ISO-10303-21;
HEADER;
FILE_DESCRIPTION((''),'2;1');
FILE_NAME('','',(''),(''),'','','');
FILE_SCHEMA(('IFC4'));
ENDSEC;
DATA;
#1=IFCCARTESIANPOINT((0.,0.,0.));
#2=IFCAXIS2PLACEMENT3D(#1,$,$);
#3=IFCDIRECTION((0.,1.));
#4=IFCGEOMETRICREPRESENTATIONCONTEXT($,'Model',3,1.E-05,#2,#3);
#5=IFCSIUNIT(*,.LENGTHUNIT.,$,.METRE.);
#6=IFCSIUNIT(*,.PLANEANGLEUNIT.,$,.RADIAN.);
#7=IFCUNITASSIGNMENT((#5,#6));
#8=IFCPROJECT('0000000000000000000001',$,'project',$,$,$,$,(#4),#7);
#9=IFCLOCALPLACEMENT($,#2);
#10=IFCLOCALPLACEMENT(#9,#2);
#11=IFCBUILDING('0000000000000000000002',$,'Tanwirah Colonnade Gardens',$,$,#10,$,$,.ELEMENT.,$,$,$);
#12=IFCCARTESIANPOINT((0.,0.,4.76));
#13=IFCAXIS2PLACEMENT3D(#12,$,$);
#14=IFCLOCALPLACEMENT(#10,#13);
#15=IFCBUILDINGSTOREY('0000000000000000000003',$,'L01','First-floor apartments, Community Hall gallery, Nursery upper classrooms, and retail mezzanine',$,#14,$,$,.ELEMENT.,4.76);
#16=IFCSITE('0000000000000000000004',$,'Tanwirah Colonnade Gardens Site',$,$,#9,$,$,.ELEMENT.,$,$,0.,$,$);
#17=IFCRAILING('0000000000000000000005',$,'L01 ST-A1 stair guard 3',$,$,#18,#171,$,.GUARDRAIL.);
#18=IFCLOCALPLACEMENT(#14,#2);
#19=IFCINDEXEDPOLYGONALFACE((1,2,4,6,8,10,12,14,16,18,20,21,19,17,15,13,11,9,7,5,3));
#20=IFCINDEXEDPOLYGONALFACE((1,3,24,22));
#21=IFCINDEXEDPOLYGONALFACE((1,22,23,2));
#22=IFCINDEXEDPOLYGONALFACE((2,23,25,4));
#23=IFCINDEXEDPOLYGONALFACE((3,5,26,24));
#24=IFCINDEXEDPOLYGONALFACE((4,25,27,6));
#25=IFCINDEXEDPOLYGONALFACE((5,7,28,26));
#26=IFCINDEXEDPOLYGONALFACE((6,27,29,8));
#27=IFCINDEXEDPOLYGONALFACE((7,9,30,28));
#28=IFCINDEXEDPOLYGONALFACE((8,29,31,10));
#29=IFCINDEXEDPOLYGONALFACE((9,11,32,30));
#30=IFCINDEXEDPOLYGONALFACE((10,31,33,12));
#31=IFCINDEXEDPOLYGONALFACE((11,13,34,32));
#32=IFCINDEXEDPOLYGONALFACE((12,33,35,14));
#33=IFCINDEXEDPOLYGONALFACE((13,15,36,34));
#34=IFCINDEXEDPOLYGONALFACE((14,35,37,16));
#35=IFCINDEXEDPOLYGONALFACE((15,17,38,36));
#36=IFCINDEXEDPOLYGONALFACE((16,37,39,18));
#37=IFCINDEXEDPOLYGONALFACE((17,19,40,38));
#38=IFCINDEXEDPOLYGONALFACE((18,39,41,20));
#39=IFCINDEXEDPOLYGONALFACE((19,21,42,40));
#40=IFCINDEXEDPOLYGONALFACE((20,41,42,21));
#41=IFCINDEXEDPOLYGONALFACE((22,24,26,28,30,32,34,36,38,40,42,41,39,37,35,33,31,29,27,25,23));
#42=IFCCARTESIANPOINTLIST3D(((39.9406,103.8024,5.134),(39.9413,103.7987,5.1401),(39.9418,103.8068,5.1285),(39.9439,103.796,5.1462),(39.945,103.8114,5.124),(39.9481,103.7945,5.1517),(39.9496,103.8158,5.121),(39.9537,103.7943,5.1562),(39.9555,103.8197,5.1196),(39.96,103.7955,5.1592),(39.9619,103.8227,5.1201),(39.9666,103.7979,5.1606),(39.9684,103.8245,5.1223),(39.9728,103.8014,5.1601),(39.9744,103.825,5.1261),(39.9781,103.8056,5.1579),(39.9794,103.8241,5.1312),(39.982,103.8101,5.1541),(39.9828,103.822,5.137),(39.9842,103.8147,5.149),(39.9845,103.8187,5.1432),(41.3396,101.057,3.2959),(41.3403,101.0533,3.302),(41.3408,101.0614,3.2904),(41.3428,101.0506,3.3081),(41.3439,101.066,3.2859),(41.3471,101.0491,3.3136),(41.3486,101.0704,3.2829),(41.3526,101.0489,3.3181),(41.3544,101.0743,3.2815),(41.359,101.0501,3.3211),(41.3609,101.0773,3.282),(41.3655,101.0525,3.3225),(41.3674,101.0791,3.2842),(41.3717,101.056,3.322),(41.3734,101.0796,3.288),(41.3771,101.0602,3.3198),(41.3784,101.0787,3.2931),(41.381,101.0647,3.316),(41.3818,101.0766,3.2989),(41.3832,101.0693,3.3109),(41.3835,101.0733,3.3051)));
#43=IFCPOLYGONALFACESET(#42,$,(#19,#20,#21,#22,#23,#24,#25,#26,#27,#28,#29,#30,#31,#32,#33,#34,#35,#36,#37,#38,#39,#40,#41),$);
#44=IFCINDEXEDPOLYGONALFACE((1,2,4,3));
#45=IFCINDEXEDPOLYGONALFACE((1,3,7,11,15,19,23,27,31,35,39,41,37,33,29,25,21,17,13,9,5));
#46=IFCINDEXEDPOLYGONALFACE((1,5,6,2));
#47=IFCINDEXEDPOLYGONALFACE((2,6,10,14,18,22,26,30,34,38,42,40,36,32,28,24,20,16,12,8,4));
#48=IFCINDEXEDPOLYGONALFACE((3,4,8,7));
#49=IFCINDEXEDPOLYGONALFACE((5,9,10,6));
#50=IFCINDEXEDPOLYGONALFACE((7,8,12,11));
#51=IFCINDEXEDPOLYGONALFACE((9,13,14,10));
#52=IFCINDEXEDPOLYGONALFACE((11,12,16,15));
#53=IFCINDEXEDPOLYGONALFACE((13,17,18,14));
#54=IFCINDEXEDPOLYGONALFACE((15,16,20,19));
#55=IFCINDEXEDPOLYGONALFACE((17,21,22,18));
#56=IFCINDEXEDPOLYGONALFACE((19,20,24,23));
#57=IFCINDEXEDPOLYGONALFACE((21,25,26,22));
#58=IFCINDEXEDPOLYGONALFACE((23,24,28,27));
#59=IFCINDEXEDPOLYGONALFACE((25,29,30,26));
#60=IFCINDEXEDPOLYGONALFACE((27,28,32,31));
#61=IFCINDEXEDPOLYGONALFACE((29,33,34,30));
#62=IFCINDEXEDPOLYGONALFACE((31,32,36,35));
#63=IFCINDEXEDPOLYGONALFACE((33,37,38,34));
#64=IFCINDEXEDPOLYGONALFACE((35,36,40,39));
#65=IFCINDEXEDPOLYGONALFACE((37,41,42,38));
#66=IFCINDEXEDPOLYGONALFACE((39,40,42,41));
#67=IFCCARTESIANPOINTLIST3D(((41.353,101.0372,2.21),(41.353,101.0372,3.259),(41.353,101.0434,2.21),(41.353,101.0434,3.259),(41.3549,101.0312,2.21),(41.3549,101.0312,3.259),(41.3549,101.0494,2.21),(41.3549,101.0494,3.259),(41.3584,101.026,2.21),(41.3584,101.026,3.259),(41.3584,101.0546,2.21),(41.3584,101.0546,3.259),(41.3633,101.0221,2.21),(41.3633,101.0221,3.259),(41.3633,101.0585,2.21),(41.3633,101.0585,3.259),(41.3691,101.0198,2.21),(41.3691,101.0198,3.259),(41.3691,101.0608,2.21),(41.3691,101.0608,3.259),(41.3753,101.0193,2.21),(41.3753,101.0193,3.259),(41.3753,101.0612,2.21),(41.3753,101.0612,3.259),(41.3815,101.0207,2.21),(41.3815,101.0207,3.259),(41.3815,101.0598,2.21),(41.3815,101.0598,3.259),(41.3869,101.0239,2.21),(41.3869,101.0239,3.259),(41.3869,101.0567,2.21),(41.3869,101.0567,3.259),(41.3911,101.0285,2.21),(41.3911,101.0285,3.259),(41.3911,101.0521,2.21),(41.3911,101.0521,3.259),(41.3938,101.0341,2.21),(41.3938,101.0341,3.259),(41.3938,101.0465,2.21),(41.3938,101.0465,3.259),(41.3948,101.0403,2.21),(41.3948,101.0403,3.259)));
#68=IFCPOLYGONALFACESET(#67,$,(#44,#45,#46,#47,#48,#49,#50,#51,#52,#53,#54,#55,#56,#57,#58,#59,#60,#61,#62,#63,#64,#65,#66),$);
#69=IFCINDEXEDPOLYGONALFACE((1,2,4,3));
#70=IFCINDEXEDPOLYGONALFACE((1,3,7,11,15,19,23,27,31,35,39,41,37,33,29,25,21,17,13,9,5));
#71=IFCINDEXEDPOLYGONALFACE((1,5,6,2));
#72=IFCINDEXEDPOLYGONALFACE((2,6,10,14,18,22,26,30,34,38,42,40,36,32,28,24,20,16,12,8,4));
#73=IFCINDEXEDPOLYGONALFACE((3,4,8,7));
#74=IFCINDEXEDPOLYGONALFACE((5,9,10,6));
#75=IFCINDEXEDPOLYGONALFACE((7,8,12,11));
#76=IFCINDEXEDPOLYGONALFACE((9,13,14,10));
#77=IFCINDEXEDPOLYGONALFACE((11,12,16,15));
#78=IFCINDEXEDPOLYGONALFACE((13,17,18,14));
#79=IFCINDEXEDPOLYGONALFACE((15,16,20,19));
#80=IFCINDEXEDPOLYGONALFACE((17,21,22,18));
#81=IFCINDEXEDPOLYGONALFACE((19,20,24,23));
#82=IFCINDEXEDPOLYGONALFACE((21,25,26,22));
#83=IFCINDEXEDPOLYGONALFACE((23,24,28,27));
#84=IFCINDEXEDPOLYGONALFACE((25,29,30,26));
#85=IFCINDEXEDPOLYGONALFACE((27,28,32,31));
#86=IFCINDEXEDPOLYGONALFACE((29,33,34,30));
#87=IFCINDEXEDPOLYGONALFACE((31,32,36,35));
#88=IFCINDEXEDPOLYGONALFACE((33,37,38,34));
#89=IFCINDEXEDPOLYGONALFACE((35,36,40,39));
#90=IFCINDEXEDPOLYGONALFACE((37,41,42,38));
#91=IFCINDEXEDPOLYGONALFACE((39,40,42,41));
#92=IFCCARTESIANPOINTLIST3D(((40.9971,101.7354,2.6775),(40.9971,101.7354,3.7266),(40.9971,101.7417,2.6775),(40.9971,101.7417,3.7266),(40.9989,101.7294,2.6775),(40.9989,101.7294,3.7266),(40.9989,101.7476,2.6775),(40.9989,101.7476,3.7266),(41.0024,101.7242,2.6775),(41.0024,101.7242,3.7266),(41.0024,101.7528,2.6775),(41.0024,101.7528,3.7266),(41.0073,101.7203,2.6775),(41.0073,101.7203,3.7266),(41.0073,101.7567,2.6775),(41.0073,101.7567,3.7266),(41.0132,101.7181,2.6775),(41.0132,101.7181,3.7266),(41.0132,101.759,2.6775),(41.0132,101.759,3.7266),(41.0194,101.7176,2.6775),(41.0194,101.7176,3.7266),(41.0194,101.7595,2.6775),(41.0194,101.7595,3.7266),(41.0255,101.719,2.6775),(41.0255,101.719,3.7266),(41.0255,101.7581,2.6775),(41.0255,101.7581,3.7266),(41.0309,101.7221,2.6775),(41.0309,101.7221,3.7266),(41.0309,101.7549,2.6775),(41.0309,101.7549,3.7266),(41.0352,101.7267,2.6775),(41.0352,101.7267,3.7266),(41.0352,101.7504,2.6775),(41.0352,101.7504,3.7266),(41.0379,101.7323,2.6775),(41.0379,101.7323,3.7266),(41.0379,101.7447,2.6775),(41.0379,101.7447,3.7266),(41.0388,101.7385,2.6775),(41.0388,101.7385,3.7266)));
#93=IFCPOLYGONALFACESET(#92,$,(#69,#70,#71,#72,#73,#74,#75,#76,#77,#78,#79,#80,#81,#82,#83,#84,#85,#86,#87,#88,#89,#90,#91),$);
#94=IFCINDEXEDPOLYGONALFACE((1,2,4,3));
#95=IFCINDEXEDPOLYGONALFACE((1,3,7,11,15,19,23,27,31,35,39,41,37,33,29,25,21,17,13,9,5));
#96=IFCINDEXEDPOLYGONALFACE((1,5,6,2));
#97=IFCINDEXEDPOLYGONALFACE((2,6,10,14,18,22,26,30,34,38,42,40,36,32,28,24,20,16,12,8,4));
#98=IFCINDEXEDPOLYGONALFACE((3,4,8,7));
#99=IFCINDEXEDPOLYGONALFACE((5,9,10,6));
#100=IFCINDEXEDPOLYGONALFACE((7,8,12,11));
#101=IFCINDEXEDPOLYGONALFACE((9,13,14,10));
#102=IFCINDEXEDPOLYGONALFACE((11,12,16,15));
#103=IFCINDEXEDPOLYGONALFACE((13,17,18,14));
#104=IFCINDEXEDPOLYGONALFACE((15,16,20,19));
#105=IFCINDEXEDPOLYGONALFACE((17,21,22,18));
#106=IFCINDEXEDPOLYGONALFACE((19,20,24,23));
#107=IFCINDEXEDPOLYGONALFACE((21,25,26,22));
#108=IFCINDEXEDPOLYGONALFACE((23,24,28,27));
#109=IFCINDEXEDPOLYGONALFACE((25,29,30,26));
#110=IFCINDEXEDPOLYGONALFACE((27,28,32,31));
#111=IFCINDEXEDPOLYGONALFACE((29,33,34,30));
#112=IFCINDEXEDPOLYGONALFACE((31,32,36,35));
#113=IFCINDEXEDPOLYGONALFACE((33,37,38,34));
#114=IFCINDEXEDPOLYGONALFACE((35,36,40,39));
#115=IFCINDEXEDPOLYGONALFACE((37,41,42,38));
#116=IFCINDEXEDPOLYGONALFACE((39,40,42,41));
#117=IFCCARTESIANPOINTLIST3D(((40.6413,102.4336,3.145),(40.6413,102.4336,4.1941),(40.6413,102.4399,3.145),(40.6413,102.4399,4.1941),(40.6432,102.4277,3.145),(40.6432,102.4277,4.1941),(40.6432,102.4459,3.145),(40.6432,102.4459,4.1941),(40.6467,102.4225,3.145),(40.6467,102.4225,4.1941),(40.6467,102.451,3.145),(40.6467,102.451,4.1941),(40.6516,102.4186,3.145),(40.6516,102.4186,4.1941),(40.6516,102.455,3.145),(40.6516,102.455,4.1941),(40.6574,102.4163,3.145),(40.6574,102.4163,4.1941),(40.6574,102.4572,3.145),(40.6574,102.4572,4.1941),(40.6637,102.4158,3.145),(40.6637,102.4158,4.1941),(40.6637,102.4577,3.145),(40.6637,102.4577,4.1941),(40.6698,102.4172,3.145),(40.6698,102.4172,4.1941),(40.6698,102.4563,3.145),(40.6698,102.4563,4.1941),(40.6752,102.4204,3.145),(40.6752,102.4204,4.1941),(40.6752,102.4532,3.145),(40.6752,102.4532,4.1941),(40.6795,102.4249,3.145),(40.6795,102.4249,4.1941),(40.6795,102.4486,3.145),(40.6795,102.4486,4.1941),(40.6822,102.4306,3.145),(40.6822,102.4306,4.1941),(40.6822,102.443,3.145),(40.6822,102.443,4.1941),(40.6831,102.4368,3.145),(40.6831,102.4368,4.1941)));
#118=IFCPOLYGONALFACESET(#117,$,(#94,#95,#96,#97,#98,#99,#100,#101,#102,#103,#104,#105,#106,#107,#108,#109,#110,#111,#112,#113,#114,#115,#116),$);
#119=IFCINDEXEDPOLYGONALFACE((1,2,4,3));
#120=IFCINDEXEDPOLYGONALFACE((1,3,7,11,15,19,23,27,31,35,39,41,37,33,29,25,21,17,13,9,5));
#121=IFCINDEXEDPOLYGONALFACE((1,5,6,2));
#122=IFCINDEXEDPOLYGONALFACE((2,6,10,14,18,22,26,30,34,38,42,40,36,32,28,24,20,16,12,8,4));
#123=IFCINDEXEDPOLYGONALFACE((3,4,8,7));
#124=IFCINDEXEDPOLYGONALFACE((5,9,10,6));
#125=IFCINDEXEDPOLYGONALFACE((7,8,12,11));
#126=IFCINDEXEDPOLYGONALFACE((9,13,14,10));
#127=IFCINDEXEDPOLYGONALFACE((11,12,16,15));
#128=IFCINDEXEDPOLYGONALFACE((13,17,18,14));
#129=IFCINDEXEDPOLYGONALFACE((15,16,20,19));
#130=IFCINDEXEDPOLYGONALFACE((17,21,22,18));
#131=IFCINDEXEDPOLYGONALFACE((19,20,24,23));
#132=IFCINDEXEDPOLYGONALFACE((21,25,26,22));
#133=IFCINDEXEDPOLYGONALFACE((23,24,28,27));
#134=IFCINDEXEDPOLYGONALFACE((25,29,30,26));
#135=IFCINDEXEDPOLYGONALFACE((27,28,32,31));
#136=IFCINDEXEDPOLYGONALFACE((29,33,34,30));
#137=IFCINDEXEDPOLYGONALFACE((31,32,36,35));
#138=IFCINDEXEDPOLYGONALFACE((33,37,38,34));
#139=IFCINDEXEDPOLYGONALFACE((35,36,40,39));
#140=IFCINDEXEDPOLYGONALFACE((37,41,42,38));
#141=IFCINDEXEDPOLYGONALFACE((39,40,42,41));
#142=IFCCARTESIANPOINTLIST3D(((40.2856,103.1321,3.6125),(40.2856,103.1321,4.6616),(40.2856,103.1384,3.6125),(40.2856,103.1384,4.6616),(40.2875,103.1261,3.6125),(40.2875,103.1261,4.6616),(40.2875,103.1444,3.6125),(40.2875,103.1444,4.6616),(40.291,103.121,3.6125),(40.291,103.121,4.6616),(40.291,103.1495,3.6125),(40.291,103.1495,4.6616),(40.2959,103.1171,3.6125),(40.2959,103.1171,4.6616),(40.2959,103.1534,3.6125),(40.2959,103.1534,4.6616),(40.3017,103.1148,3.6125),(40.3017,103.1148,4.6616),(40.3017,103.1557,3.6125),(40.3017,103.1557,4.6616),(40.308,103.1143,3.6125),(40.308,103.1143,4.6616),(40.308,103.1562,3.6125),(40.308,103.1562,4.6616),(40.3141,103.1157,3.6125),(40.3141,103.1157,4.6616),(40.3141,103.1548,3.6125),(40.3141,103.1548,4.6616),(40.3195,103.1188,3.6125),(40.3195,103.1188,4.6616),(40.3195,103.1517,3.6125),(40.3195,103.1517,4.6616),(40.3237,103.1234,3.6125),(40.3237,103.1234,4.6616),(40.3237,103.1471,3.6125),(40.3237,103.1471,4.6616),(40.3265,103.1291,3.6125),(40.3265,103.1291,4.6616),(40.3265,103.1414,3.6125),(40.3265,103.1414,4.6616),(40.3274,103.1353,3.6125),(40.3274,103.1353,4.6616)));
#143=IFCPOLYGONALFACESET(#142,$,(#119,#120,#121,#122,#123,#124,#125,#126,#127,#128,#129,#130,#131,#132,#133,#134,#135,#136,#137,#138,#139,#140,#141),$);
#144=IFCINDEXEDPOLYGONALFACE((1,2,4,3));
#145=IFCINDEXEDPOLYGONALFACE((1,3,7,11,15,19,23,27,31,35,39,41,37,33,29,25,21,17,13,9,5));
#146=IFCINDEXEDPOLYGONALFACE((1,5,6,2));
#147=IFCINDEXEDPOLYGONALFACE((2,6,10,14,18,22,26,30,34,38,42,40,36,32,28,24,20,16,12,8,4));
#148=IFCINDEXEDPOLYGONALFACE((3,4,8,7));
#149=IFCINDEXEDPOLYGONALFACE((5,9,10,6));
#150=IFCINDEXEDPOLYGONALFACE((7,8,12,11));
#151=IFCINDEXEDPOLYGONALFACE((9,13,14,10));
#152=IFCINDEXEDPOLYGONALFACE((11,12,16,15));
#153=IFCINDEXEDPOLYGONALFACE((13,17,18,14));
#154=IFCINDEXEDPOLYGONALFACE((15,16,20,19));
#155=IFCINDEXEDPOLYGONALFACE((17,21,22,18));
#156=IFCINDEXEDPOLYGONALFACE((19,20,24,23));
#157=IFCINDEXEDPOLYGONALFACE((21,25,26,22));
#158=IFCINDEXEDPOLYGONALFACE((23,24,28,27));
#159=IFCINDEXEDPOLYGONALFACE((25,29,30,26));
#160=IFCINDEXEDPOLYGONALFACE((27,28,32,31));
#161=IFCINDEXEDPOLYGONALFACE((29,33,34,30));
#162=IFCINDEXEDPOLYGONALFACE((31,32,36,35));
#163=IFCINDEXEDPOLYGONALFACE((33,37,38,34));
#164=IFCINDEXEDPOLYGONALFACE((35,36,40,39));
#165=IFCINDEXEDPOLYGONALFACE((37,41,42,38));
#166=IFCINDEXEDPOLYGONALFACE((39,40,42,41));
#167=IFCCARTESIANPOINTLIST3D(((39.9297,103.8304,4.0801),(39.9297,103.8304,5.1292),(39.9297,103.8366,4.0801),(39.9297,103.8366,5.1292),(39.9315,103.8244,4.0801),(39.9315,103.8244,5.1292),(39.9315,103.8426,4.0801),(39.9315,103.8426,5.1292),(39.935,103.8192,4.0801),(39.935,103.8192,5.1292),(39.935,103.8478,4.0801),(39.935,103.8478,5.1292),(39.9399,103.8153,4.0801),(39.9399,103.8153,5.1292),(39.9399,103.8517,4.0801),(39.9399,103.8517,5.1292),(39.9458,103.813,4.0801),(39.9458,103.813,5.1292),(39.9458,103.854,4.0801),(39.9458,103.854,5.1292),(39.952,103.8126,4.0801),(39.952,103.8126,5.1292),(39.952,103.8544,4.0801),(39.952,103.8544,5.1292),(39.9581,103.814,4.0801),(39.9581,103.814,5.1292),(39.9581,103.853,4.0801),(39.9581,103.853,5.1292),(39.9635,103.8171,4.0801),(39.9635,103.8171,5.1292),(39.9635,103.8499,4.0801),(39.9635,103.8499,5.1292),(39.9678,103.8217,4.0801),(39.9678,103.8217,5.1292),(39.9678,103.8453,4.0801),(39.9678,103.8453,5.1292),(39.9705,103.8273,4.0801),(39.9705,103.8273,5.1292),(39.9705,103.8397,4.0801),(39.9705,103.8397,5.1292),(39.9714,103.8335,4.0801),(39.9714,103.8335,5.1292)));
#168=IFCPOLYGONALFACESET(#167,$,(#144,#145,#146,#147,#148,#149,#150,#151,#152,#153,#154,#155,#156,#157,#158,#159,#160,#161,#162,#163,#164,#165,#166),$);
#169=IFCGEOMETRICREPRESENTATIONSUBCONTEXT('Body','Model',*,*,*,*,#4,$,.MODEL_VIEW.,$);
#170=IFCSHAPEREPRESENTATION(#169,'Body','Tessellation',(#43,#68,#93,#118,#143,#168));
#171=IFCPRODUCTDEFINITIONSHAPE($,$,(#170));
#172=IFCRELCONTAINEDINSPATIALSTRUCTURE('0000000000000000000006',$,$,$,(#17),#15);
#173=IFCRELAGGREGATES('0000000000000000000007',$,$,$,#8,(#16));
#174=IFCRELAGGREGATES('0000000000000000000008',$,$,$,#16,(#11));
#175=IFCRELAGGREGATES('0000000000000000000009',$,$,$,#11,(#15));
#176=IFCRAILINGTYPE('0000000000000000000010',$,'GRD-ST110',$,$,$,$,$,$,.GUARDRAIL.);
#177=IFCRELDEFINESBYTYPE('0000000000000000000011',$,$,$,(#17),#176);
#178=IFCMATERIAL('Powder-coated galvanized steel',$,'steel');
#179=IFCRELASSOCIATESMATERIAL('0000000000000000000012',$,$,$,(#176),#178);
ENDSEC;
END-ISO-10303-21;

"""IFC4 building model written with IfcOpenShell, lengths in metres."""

from ifc_helpers import new_model, si_unit, direction, frame, origin, origin_2d, place, context, subcontext, project, spatial, circle, extrude, material, type_object, element, save


model = new_model("IFC4")

# Units and contexts
model_context = context("Model", 3, precision=1e-05, world=origin(), true_north=direction((0.0, 1.0)))
body_context = subcontext(model_context, "Body", "Model", "MODEL_VIEW")
ifc_project = project(units=[si_unit("LENGTHUNIT", "METRE"), si_unit("PLANEANGLEUNIT", "RADIAN")], contexts=[model_context])

# Site, building, storey
site_placement = place(None, origin())
site = spatial("IfcSite", under=ifc_project, at=site_placement, Name="Tanwirah Colonnade Gardens Site", CompositionType="ELEMENT", RefElevation=0.0)
building_placement = place(site_placement, origin())
building = spatial("IfcBuilding", under=site, at=building_placement, Name="Tanwirah Colonnade Gardens", CompositionType="ELEMENT")
storey_placement = place(building_placement, frame((0.0, 0.0, 4.76)))
storey = spatial("IfcBuildingStorey", under=building, at=storey_placement, Name="L01", Description="First-floor apartments, Community Hall gallery, Nursery upper classrooms, and retail mezzanine", CompositionType="ELEMENT", Elevation=4.76)

# Railing
ifc_material_1 = material(Name="Powder-coated galvanized steel", Category="steel")
railing_type_1 = type_object("IfcRailingType", Name="GRD-ST110", PredefinedType="GUARDRAIL", material=ifc_material_1)
railing_1_placement = place(storey_placement, frame((41.3738, 101.0403, 2.21)))
element("IfcRailing", 1, at=railing_1_placement, inside=storey, type_object=railing_type_1, Name="L01 ST-A1 stair guard 3", PredefinedType="GUARDRAIL", context=body_context, shape_type="SweptSolid", body=[
    extrude(circle(Radius=0.0239, at=origin_2d()), frame((-0.0122, 0.0239, 1.092), z_axis=(-0.389916, 0.765184, 0.512308), x_axis=(-0.89099, -0.454023, 0.0)), (0.0, 0.0, 1.0), 3.5879),
    extrude(circle(Radius=0.021, at=origin_2d()), origin(), (0.0, 0.0, 1.0), 1.0491),
    extrude(circle(Radius=0.021, at=origin_2d()), frame((-0.356, 0.6982, 0.4675)), (0.0, 0.0, 1.0), 1.0491),
    extrude(circle(Radius=0.021, at=origin_2d()), frame((-0.7117, 1.3965, 0.9351)), (0.0, 0.0, 1.0), 1.0491),
    extrude(circle(Radius=0.021, at=origin_2d()), frame((-1.0674, 2.095, 1.4026)), (0.0, 0.0, 1.0), 1.0491),
    extrude(circle(Radius=0.021, at=origin_2d()), frame((-1.4233, 2.7932, 1.8701)), (0.0, 0.0, 1.0), 1.0491),
])

save(model, "model.ifc")
